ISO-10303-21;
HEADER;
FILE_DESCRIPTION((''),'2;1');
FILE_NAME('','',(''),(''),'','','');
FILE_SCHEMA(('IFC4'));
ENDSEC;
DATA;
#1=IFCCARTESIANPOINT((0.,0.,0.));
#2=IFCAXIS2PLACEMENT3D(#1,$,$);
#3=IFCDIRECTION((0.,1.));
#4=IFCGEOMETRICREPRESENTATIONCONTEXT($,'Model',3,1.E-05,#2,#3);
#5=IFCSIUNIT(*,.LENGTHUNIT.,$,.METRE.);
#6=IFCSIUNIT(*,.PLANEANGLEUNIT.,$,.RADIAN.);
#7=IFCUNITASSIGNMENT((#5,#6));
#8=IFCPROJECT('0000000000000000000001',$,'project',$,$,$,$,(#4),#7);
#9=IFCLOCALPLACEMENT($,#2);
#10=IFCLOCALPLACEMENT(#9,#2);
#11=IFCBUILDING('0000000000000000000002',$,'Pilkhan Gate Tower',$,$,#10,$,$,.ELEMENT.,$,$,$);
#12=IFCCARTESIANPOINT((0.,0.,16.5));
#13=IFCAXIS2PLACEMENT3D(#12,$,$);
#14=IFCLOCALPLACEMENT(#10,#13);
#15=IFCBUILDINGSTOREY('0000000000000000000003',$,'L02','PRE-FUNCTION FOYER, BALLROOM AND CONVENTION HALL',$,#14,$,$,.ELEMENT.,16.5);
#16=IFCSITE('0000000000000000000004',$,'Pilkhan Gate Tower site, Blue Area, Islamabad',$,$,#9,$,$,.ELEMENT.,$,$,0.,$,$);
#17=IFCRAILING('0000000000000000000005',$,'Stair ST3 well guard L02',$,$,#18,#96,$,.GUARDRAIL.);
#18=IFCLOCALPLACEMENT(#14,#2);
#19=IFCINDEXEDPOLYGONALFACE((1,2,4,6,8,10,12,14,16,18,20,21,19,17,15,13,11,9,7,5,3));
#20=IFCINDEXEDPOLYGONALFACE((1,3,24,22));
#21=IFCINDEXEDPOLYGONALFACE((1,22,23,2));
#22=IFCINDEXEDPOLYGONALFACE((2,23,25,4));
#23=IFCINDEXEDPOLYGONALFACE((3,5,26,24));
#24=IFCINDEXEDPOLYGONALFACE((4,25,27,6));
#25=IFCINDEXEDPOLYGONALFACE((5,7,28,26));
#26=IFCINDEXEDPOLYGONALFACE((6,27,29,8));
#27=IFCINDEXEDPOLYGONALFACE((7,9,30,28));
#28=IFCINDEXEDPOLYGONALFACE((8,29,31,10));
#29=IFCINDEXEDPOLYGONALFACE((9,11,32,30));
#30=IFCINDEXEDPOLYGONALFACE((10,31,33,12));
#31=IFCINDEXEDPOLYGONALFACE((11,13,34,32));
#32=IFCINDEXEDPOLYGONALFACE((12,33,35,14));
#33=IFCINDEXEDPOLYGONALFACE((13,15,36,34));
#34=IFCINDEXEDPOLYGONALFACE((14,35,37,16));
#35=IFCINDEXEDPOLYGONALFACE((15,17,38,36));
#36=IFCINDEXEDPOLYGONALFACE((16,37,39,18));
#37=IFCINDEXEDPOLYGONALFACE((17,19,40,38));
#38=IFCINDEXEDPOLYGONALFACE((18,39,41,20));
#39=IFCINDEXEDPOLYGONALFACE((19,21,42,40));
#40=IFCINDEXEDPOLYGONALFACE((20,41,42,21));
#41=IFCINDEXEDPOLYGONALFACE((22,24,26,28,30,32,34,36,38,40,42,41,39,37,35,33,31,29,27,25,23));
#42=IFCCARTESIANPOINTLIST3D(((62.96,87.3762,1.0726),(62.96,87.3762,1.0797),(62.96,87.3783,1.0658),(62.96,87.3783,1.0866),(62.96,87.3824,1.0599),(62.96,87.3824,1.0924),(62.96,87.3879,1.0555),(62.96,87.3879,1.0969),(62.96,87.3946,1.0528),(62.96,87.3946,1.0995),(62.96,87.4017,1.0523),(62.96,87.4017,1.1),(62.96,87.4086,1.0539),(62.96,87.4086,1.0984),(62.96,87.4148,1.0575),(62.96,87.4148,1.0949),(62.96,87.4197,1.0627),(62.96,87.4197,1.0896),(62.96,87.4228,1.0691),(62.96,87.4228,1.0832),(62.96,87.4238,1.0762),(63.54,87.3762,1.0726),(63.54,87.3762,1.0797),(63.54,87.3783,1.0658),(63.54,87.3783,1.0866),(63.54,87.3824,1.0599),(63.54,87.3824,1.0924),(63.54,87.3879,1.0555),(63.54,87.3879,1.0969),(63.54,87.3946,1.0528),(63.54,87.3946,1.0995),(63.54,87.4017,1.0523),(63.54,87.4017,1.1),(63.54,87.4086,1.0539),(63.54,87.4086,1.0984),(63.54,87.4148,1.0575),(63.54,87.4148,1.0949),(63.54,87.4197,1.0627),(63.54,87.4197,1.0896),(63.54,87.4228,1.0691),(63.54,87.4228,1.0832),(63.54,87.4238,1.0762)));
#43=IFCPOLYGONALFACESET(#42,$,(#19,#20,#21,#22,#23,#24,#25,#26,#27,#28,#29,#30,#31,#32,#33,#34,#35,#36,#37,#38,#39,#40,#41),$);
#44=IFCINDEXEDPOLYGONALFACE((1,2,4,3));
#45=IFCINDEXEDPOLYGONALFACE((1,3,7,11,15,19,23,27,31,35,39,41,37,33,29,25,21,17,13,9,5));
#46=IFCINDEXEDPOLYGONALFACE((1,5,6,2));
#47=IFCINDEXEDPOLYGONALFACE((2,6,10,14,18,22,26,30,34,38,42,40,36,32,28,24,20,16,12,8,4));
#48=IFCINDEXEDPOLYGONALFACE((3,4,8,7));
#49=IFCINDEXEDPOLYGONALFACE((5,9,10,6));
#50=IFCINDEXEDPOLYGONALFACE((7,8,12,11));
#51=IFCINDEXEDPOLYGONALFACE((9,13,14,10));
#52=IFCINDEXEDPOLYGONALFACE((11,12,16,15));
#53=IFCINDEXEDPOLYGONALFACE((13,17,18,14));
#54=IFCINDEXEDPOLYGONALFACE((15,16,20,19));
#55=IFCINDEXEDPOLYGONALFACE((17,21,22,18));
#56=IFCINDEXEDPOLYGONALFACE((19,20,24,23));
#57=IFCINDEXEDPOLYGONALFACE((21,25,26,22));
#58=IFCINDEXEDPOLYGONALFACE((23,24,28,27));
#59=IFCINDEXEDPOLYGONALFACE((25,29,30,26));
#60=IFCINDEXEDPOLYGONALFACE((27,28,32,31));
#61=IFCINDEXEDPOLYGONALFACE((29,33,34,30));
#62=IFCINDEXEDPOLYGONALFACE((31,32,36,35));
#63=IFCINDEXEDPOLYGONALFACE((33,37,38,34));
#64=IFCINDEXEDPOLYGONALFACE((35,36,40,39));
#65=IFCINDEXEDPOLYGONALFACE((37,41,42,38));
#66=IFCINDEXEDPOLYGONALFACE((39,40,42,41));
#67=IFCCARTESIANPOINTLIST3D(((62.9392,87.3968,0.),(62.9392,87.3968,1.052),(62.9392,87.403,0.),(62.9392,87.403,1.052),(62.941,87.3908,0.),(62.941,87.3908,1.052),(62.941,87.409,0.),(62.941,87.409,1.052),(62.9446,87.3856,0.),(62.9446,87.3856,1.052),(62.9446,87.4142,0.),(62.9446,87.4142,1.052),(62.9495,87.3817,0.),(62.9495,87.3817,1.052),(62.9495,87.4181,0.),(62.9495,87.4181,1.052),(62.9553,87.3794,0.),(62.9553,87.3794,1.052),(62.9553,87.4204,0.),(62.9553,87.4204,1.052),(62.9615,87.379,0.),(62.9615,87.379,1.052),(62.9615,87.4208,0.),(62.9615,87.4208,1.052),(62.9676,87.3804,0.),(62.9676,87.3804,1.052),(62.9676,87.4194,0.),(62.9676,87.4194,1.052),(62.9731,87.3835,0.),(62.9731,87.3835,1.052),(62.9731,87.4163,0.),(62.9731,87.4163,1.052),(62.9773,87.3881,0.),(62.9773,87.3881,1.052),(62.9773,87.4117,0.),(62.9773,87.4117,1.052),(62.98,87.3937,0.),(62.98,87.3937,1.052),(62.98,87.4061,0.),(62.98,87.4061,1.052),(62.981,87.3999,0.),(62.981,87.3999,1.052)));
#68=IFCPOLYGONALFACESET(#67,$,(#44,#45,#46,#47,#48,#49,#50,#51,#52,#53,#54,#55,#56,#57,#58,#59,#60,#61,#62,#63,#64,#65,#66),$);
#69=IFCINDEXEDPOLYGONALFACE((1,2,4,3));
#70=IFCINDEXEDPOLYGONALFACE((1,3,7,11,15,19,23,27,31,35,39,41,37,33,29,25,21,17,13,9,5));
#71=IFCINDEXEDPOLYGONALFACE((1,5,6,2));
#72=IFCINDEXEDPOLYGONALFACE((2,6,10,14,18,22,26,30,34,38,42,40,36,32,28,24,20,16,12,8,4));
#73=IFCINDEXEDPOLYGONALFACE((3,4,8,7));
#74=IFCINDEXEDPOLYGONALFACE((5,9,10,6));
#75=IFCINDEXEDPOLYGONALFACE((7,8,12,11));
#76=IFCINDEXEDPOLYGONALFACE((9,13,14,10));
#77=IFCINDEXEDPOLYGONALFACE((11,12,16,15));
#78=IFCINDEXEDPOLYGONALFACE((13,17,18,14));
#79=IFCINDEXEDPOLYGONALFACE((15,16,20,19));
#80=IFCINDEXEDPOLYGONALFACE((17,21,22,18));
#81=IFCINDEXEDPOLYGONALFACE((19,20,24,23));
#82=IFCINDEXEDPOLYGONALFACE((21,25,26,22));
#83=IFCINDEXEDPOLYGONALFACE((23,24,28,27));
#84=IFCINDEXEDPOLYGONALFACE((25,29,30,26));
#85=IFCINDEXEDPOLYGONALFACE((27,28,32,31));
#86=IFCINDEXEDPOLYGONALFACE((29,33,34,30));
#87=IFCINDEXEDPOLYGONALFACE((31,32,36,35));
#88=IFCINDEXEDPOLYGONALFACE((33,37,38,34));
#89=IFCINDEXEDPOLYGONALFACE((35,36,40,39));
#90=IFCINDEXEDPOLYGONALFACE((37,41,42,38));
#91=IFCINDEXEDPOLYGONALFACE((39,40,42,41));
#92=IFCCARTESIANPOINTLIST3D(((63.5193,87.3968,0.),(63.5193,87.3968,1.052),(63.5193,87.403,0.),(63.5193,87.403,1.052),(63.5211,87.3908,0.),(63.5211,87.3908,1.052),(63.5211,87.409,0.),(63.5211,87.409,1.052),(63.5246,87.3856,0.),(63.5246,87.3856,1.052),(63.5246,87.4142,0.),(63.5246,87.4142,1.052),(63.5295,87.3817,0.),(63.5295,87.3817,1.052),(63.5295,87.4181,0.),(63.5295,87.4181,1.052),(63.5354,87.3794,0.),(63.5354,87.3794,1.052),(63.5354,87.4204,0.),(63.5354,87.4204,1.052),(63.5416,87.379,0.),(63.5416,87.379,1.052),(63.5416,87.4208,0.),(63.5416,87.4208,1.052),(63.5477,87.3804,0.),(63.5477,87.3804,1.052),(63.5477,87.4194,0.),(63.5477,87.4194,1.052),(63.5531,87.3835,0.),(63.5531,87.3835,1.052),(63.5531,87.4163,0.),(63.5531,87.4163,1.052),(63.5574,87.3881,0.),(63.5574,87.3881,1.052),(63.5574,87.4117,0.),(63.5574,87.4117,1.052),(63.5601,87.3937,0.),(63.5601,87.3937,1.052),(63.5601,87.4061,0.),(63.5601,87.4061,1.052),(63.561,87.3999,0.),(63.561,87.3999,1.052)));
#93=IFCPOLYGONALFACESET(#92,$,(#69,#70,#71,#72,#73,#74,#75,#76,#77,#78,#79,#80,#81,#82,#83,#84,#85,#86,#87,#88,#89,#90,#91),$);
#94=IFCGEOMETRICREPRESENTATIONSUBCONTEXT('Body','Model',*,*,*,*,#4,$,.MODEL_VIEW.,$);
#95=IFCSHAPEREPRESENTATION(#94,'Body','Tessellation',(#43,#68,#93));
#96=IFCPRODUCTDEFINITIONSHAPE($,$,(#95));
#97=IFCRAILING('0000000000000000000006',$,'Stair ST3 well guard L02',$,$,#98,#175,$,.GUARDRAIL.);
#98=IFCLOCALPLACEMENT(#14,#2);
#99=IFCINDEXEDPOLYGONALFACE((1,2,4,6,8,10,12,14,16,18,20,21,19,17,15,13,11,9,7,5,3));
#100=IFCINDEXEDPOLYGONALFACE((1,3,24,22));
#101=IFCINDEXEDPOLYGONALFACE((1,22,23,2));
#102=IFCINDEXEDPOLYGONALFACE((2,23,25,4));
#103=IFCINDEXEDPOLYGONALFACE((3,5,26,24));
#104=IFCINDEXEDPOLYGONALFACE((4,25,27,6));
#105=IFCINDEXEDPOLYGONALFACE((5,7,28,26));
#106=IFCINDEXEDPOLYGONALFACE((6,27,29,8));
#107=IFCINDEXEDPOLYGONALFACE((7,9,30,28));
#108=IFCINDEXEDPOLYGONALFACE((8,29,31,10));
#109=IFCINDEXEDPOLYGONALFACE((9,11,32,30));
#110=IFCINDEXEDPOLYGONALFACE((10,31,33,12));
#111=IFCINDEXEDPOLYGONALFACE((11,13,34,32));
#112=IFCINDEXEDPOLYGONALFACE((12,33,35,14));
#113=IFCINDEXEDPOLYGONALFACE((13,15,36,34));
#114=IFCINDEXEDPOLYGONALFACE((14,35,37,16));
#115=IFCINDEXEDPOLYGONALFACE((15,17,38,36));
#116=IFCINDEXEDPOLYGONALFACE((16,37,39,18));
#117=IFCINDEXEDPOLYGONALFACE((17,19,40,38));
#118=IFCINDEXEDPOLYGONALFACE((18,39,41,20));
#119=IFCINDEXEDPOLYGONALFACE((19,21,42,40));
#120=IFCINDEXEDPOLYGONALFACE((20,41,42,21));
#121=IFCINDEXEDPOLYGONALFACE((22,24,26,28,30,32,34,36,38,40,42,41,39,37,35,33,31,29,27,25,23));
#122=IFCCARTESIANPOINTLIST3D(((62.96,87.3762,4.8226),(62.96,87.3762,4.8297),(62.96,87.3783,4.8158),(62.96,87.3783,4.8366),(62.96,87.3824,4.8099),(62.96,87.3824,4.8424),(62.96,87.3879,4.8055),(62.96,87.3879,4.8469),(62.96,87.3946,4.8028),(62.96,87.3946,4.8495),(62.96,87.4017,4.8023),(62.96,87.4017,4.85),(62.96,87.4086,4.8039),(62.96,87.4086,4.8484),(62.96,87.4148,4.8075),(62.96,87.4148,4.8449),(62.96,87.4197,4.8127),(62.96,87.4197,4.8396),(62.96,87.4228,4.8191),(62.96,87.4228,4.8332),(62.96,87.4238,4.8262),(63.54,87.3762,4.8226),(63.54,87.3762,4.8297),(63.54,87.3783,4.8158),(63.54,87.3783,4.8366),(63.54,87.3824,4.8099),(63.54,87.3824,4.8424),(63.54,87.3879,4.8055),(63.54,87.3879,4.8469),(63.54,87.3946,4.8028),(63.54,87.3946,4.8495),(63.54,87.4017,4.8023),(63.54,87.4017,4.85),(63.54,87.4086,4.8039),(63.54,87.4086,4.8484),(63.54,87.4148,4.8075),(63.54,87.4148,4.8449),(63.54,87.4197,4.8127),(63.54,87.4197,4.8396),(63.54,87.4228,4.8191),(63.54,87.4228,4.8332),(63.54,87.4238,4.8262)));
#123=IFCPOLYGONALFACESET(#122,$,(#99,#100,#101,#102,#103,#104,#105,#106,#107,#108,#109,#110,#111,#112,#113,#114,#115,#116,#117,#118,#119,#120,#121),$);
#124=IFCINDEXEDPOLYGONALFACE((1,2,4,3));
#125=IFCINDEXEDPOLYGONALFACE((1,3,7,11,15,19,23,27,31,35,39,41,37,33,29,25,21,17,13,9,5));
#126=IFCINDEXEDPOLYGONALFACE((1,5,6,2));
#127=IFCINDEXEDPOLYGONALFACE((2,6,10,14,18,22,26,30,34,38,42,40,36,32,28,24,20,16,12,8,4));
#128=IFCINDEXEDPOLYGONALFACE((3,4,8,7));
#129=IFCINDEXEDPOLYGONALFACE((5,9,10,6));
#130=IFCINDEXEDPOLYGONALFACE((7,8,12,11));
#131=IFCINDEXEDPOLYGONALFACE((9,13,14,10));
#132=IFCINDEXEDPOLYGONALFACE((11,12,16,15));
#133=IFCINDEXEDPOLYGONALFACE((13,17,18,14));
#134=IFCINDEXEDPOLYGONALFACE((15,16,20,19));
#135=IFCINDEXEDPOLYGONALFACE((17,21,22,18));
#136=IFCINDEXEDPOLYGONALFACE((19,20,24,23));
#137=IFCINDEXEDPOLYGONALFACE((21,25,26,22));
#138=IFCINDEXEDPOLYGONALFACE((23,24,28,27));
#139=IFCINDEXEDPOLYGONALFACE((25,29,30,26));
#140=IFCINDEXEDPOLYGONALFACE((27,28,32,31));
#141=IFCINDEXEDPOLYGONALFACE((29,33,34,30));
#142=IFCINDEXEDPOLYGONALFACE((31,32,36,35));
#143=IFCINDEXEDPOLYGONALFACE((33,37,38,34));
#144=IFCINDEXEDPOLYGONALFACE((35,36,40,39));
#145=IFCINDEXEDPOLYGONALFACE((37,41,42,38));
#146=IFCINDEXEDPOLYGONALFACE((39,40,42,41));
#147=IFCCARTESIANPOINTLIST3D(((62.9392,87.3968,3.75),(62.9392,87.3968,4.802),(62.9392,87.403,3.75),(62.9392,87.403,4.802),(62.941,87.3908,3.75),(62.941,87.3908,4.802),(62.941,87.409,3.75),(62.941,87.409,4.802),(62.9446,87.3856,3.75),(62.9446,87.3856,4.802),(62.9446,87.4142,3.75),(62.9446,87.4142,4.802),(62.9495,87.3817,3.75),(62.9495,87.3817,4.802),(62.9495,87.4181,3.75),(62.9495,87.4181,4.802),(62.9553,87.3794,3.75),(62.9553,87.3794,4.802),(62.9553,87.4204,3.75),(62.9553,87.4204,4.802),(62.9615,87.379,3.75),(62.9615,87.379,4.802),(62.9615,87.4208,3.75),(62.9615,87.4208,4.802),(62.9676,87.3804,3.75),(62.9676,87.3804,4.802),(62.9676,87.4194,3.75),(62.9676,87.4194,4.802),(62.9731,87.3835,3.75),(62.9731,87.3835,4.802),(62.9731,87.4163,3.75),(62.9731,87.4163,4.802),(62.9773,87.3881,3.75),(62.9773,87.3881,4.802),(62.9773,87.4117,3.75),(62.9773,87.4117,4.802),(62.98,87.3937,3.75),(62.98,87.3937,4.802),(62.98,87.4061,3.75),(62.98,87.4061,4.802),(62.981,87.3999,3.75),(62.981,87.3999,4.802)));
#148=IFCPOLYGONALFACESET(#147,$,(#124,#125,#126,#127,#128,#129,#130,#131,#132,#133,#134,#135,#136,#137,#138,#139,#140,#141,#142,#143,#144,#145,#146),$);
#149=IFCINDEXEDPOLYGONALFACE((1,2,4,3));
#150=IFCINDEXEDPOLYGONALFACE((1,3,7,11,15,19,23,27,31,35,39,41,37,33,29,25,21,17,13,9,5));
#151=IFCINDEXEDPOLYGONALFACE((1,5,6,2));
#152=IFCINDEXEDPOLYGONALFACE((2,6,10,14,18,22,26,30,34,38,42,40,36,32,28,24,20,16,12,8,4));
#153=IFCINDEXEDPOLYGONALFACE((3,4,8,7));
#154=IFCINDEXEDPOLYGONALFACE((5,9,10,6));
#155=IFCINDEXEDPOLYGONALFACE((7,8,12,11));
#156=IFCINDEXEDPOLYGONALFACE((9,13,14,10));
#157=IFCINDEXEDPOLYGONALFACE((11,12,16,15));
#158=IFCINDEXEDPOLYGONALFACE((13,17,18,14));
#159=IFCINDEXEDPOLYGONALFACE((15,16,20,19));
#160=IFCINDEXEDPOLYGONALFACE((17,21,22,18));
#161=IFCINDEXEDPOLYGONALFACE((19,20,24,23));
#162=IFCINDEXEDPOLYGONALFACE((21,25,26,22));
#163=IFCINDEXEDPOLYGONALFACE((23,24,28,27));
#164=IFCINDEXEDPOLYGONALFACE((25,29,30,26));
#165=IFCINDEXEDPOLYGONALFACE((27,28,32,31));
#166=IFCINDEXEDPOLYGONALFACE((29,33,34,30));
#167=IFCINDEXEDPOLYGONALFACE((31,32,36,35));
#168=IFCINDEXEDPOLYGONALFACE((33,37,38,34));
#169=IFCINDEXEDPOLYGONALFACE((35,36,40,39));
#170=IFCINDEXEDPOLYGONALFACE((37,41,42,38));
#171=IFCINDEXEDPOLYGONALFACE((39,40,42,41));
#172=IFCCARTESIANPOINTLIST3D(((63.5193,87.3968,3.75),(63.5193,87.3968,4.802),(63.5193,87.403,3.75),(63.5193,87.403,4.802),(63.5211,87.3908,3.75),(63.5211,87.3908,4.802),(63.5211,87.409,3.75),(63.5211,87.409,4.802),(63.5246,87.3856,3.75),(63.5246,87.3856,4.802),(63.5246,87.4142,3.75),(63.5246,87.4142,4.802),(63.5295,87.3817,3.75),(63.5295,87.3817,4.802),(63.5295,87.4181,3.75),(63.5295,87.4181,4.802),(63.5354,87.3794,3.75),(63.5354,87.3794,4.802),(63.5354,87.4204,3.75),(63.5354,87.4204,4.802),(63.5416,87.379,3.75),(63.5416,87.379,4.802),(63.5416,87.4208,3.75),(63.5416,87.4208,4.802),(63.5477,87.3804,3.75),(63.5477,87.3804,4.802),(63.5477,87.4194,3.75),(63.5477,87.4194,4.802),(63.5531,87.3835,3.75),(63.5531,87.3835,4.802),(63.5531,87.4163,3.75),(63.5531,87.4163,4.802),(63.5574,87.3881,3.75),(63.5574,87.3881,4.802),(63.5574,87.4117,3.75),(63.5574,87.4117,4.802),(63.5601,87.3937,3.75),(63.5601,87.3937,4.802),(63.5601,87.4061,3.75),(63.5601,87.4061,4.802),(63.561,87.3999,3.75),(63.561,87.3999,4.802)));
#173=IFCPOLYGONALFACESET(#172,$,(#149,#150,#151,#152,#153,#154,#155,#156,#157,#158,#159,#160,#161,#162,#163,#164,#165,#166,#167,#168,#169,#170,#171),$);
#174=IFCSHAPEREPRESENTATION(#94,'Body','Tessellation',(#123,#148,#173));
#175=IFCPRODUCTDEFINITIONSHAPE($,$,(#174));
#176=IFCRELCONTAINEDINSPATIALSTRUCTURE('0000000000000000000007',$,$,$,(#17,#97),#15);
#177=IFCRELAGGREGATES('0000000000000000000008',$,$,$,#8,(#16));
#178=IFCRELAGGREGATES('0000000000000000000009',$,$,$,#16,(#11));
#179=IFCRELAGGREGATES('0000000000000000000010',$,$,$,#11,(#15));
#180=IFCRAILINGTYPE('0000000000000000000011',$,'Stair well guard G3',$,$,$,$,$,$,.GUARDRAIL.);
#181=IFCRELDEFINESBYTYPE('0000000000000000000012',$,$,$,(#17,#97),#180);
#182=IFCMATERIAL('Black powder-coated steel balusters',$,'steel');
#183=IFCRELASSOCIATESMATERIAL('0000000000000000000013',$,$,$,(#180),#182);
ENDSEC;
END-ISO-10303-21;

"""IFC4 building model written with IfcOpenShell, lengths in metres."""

from ifc_helpers import new_model, si_unit, direction, frame, origin, origin_2d, place, context, subcontext, project, spatial, circle, extrude, material, type_object, element, save


model = new_model("IFC4")

# Units and contexts
model_context = context("Model", 3, precision=1e-05, world=origin(), true_north=direction((0.0, 1.0)))
body_context = subcontext(model_context, "Body", "Model", "MODEL_VIEW")
ifc_project = project(units=[si_unit("LENGTHUNIT", "METRE"), si_unit("PLANEANGLEUNIT", "RADIAN")], contexts=[model_context])

# Site, building, storey
site_placement = place(None, origin())
site = spatial("IfcSite", under=ifc_project, at=site_placement, Name="Pilkhan Gate Tower site, Blue Area, Islamabad", CompositionType="ELEMENT", RefElevation=0.0)
building_placement = place(site_placement, origin())
building = spatial("IfcBuilding", under=site, at=building_placement, Name="Pilkhan Gate Tower", CompositionType="ELEMENT")
storey_placement = place(building_placement, frame((0.0, 0.0, 16.5)))
storey = spatial("IfcBuildingStorey", under=building, at=storey_placement, Name="L02", Description="PRE-FUNCTION FOYER, BALLROOM AND CONVENTION HALL", CompositionType="ELEMENT", Elevation=16.5)

# Railings
ifc_material_1 = material(Name="Black powder-coated steel balusters", Category="steel")
railing_type_1 = type_object("IfcRailingType", Name="Stair well guard G3", PredefinedType="GUARDRAIL", material=ifc_material_1)
for number, where, name in (
    (1, (62.96, 87.3999, 0.0), "Stair ST3 well guard L02"),
    (2, (62.96, 87.3999, 3.75), "Stair ST3 well guard L02"),
):
    element("IfcRailing", number, at=place(storey_placement, frame(where)), inside=storey, type_object=railing_type_1, Name=name, PredefinedType="GUARDRAIL", context=body_context, shape_type="SweptSolid", body=[
        extrude(circle(Radius=0.0239, at=origin_2d()), frame((0.0, 0.0, 1.0762), z_axis=(1.0, 0.0, 0.0), x_axis=(0.0, 1.0, 0.0)), (0.0, 0.0, 1.0), 0.5801),
        extrude(circle(Radius=0.021, at=origin_2d()), origin(), (0.0, 0.0, 1.0), 1.052),
        extrude(circle(Radius=0.021, at=origin_2d()), frame((0.5801, 0.0, 0.0)), (0.0, 0.0, 1.0), 1.052),
    ])

save(model, "model.ifc")
